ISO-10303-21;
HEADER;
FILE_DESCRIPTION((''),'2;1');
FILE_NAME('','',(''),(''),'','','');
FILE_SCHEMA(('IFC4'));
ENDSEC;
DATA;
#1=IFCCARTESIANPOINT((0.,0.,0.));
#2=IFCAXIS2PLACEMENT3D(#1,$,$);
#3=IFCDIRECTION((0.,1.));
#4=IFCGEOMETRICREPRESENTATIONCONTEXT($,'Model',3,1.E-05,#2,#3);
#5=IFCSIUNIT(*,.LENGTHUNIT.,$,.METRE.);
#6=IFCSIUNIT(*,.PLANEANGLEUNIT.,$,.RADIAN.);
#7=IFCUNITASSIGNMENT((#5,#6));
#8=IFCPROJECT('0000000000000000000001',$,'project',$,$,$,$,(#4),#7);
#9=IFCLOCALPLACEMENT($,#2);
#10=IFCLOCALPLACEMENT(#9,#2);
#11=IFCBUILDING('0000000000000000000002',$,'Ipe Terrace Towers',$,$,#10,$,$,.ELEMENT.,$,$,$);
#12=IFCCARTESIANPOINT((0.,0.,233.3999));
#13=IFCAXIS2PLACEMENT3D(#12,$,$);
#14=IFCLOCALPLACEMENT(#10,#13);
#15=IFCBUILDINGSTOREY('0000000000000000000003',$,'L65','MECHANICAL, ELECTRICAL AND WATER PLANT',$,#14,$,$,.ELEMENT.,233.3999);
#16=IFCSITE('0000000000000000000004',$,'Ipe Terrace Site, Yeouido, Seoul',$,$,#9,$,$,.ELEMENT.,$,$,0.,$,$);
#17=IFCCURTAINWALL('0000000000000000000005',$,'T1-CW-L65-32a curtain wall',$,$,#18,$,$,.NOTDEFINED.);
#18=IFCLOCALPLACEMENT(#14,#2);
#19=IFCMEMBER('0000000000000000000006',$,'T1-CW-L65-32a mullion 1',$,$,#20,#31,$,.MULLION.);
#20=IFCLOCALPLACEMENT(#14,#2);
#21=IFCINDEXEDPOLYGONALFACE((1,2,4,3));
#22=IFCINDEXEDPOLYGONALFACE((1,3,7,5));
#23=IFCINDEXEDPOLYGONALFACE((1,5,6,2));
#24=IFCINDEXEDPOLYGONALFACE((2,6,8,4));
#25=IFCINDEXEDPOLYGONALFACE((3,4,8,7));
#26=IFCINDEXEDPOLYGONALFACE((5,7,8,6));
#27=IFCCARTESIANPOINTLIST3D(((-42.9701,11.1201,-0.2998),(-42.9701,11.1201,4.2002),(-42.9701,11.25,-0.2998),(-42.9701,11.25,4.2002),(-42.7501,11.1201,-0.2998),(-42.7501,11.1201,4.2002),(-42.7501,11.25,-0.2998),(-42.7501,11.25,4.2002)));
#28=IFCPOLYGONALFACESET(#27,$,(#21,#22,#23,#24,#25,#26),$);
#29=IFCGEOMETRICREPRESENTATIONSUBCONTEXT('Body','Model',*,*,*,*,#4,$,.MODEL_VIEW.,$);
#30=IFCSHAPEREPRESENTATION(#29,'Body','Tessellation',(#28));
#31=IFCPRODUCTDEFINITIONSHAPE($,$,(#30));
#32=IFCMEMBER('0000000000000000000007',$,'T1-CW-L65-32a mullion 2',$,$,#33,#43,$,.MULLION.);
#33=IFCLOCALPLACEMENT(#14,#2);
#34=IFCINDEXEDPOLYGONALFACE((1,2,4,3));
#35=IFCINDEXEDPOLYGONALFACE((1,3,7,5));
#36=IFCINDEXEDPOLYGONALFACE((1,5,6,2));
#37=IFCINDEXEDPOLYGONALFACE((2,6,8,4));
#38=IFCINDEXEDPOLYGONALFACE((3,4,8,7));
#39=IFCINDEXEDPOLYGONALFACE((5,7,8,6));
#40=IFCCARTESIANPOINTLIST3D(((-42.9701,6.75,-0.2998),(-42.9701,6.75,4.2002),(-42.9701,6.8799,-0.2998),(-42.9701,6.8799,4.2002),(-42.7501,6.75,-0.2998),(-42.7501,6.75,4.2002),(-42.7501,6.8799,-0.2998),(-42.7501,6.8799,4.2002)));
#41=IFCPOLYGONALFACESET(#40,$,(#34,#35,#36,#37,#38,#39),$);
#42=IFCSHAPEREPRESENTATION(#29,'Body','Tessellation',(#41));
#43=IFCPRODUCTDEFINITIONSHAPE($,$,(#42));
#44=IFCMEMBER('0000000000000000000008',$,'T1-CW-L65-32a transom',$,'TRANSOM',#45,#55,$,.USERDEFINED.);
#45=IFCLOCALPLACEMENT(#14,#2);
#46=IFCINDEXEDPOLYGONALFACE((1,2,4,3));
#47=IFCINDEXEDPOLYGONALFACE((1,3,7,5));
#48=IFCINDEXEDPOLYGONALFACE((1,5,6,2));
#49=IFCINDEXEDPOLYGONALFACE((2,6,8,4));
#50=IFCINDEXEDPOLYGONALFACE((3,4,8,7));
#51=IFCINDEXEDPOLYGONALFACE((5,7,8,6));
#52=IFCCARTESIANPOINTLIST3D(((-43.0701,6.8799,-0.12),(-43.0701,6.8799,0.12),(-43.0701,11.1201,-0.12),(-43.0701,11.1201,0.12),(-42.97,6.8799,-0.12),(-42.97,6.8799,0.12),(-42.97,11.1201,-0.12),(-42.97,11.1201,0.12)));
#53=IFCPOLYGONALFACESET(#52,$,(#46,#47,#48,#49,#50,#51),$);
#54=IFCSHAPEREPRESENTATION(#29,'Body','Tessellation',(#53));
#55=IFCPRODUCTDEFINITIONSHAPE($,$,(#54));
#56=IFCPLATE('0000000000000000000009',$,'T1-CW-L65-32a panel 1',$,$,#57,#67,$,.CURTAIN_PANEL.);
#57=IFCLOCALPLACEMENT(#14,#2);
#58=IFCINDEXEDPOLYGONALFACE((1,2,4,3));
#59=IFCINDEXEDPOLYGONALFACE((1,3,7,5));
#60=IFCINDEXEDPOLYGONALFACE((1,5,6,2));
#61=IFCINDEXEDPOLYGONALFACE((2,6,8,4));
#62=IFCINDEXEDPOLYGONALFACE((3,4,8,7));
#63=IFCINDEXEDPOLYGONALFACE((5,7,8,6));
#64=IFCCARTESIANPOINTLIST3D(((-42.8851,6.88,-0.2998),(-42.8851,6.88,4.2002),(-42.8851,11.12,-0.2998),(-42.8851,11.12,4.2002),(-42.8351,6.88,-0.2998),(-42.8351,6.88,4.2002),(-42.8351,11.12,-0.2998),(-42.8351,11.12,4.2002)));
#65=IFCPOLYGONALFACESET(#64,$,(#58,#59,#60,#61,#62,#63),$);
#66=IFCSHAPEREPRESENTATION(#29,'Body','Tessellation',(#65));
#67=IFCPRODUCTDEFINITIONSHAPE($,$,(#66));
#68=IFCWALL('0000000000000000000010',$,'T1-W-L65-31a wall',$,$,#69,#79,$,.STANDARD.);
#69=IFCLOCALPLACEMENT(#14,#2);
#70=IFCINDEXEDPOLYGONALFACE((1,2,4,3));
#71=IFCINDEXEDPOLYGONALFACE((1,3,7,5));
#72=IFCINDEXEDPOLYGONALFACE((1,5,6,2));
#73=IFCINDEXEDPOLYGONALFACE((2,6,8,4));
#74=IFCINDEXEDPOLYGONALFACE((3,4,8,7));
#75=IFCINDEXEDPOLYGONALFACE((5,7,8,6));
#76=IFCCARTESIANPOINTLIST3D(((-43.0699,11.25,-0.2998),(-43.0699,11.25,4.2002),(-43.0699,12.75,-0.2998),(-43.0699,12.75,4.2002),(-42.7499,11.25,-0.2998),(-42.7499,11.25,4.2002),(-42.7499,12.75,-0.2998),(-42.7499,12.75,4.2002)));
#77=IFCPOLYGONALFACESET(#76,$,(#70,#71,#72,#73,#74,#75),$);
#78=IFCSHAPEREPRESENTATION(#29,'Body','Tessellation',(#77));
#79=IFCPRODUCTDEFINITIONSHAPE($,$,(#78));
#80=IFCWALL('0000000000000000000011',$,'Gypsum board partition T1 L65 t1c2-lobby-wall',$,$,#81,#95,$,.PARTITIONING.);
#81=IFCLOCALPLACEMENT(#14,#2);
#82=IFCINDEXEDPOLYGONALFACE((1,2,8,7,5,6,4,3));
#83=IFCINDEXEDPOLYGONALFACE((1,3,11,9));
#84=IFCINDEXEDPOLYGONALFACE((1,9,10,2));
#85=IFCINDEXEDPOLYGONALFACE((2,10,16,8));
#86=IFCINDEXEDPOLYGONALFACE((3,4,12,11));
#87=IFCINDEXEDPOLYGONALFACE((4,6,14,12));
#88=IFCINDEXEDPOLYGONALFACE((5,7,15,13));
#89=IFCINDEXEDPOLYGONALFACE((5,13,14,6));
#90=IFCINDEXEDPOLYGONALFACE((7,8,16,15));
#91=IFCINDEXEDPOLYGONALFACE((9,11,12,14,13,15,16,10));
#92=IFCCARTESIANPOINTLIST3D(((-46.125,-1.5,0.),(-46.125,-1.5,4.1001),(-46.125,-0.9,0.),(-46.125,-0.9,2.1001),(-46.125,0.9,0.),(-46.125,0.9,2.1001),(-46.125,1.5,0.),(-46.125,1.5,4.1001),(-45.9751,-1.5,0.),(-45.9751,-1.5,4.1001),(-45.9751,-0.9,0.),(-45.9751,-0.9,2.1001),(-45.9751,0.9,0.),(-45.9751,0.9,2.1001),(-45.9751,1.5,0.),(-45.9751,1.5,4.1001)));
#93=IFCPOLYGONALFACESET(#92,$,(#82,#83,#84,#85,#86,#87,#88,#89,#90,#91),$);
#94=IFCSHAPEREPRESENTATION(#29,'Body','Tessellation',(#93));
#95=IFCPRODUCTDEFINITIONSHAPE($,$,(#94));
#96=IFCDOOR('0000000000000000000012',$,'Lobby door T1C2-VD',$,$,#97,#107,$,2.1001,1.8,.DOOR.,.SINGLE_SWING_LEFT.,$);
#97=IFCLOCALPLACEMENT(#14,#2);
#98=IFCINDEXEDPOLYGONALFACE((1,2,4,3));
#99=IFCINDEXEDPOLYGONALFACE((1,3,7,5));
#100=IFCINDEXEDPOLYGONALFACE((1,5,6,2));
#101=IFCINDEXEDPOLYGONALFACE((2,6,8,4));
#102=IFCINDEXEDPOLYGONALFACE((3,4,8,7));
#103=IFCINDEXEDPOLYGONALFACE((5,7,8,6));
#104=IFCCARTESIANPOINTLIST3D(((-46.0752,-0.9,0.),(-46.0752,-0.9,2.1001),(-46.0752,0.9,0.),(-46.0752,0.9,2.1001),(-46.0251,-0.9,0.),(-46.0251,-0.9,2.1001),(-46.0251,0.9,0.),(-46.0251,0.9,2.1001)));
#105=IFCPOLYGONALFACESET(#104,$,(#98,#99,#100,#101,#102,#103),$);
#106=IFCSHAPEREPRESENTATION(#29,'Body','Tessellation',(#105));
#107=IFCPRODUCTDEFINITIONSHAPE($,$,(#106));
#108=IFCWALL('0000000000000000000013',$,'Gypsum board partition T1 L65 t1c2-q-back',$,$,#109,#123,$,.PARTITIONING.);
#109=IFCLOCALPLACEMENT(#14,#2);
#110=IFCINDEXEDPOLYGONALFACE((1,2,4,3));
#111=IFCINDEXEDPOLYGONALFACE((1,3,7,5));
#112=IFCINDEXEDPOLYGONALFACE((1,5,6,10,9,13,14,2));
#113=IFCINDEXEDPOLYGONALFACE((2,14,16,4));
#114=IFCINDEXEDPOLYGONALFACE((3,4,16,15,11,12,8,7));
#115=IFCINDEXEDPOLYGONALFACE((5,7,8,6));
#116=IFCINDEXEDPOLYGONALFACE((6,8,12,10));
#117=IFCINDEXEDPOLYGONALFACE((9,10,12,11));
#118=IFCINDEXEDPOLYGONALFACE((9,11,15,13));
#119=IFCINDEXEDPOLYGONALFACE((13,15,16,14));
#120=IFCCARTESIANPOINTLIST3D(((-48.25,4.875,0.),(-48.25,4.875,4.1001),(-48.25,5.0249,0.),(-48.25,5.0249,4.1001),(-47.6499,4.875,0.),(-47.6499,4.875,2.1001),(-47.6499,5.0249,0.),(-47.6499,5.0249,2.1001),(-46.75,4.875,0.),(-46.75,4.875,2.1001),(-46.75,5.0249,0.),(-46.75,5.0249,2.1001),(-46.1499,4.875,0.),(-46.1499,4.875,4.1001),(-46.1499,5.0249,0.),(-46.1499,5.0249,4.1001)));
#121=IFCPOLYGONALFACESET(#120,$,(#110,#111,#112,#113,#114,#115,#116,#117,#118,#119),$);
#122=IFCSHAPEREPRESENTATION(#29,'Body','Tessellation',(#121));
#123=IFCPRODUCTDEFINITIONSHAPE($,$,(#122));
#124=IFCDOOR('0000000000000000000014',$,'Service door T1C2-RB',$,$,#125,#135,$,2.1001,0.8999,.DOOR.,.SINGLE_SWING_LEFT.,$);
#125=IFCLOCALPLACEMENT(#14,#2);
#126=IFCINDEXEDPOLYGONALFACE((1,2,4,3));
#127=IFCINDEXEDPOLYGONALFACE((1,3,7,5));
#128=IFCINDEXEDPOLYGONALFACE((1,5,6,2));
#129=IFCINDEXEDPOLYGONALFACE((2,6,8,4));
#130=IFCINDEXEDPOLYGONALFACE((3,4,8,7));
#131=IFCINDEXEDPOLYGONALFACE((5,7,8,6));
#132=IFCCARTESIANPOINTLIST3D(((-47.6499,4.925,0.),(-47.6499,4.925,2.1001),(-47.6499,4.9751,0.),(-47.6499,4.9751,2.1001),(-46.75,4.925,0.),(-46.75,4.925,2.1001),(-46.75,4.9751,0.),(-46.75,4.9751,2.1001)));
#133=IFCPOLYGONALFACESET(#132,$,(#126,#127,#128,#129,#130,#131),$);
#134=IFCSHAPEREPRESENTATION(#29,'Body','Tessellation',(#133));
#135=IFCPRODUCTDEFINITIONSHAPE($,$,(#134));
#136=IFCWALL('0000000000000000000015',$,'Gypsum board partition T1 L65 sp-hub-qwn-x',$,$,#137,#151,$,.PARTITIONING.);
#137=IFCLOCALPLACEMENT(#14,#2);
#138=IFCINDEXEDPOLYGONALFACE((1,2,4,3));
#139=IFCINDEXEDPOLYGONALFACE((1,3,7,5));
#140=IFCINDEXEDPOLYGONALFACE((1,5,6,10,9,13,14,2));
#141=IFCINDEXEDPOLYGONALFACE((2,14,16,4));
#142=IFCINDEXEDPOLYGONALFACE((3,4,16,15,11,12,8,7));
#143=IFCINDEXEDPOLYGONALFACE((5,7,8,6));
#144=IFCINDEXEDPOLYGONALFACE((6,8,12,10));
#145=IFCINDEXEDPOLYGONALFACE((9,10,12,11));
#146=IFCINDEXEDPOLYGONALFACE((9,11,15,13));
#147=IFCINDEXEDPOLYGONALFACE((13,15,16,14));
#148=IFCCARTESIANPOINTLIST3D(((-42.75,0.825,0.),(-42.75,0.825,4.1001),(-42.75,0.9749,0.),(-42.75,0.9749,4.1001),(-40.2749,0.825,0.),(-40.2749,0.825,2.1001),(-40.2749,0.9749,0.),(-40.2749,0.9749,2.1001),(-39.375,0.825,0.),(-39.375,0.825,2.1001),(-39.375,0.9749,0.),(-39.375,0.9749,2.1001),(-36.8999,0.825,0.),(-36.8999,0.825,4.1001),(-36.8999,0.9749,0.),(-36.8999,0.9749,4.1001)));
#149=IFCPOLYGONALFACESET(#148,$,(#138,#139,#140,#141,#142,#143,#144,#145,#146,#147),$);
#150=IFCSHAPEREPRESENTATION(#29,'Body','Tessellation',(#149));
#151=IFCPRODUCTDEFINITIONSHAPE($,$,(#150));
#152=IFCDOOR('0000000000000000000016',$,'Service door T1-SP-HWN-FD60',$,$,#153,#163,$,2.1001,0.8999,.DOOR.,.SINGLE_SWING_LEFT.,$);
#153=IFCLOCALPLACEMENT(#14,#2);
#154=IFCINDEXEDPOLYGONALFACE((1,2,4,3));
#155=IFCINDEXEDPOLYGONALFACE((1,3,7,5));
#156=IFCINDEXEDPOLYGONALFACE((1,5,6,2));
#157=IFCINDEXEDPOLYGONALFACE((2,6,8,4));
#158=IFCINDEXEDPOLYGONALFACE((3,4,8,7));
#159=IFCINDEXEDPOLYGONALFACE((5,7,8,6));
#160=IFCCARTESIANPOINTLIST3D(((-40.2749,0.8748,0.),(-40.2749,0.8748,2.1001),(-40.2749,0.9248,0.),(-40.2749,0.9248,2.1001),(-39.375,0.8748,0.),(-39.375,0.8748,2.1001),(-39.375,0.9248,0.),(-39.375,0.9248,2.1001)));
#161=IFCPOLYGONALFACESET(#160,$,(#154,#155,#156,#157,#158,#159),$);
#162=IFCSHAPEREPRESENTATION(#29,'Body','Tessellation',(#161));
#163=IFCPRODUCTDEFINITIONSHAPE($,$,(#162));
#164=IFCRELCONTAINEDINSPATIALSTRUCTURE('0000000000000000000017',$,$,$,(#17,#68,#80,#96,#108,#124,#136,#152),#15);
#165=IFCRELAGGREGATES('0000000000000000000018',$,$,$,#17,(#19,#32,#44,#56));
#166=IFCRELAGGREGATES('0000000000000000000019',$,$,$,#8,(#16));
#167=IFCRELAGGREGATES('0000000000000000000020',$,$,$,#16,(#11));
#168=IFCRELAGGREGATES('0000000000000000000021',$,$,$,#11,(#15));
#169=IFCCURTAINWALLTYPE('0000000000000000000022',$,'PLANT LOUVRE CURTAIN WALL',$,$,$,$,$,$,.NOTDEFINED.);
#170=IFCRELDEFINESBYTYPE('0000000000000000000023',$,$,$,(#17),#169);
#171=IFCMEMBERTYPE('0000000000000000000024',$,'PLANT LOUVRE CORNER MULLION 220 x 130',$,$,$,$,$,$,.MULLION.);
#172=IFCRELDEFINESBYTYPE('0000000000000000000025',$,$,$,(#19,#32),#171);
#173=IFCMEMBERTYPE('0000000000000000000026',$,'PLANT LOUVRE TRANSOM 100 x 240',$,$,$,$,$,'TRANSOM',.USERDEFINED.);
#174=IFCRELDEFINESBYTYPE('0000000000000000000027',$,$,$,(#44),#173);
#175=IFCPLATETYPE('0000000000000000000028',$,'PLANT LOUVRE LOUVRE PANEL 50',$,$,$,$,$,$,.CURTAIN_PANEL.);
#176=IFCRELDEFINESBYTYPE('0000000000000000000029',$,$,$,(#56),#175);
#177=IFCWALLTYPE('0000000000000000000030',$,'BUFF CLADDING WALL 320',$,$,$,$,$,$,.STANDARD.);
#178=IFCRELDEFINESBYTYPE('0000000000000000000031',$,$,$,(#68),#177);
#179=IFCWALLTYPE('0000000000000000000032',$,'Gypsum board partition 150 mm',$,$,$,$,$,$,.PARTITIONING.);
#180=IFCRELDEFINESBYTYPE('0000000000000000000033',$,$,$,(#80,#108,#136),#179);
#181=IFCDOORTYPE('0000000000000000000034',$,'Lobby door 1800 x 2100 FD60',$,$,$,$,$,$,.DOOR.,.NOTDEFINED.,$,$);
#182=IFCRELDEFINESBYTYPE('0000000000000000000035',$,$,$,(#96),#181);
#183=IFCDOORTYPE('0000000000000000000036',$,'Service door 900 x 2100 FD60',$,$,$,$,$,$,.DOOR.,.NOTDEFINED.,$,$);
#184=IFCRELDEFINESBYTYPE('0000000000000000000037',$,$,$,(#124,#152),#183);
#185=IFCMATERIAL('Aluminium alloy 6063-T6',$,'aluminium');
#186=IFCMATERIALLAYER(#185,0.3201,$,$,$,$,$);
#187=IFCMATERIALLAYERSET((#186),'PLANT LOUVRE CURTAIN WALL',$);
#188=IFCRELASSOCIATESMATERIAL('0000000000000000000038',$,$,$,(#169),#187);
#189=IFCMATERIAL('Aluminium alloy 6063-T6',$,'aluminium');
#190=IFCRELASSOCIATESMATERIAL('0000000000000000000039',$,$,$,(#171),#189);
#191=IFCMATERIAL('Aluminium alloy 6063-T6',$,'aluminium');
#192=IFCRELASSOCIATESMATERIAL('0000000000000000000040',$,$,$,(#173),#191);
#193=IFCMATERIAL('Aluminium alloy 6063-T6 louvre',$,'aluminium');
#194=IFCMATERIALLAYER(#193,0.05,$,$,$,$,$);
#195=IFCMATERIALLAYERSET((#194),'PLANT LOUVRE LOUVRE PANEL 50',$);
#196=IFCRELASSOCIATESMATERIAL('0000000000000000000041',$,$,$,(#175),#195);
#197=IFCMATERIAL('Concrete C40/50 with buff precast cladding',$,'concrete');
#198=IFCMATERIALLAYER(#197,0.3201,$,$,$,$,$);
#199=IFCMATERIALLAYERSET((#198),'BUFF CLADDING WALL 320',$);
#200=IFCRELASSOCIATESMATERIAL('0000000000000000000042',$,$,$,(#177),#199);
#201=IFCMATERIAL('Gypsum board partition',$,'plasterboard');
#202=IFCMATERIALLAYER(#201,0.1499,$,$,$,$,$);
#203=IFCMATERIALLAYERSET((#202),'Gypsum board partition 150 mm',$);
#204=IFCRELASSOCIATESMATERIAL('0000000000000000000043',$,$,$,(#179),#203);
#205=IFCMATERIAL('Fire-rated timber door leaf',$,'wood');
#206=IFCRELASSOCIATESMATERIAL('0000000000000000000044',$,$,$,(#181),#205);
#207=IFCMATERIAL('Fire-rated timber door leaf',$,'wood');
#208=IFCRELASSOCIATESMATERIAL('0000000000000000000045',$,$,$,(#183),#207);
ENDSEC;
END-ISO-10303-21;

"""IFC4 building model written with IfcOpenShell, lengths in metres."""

from ifc_helpers import new_model, si_unit, direction, frame, frame_2d, origin, origin_2d, place, context, subcontext, project, spatial, rectangle, extrude, material, layer, layer_set, material_profile, profile_set, type_object, element, fill, aggregate, save


model = new_model("IFC4")

# Units and contexts
model_context = context("Model", 3, precision=1e-05, world=origin(), true_north=direction((0.0, 1.0)))
body_context = subcontext(model_context, "Body", "Model", "MODEL_VIEW")
ifc_project = project(units=[si_unit("LENGTHUNIT", "METRE"), si_unit("PLANEANGLEUNIT", "RADIAN")], contexts=[model_context])

# Site, building, storey
site_placement = place(None, origin())
site = spatial("IfcSite", under=ifc_project, at=site_placement, Name="Ipe Terrace Site, Yeouido, Seoul", CompositionType="ELEMENT", RefElevation=0.0)
building_placement = place(site_placement, origin())
building = spatial("IfcBuilding", under=site, at=building_placement, Name="Ipe Terrace Towers", CompositionType="ELEMENT")
storey_placement = place(building_placement, frame((0.0, 0.0, 233.3999)))
storey = spatial("IfcBuildingStorey", under=building, at=storey_placement, Name="L65", Description="MECHANICAL, ELECTRICAL AND WATER PLANT", CompositionType="ELEMENT", Elevation=233.3999)

# Curtain wall, members, plate
ifc_material_1 = material(Name="Aluminium alloy 6063-T6", Category="aluminium")
ifc_layer_1 = layer(ifc_material_1, 0.3201)
ifc_layer_set_1 = layer_set([ifc_layer_1], Name="PLANT LOUVRE CURTAIN WALL")
curtain_wall_type = type_object("IfcCurtainWallType", Name="PLANT LOUVRE CURTAIN WALL", PredefinedType="NOTDEFINED", material=ifc_layer_set_1)
curtain_wall_placement = place(storey_placement, origin())
curtain_wall = element("IfcCurtainWall", 1, at=curtain_wall_placement, inside=storey, type_object=curtain_wall_type, Name="T1-CW-L65-32a curtain wall", PredefinedType="NOTDEFINED")
ifc_material_2 = material(Name="Aluminium alloy 6063-T6", Category="aluminium")
ifc_material_profile_1 = material_profile(ifc_material_2, rectangle(XDim=0.22, YDim=0.1299, at=origin_2d()), Name="PLANT LOUVRE CORNER MULLION 220 x 130")
ifc_profile_set_1 = profile_set([ifc_material_profile_1], Name="Aluminium alloy 6063-T6")
member_type_1 = type_object("IfcMemberType", Name="PLANT LOUVRE CORNER MULLION 220 x 130", PredefinedType="MULLION", material=ifc_profile_set_1)
member_1_placement = place(storey_placement, frame((-42.8601, 11.1851, -0.2998), z_axis=(0.0, 0.0, 1.0), x_axis=(-1.0, 0.0, 0.0)))
member_1 = element("IfcMember", 2, at=member_1_placement, type_object=member_type_1, Name="T1-CW-L65-32a mullion 1", PredefinedType="MULLION", context=body_context, shape_type="SweptSolid", body=[
    extrude(rectangle(XDim=0.22, YDim=0.1299, at=origin_2d()), origin(), (0.0, 0.0, 1.0), 4.5),
])
member_2_placement = place(storey_placement, frame((-42.8601, 6.8149, -0.2998), z_axis=(0.0, 0.0, 1.0), x_axis=(-1.0, 0.0, 0.0)))
member_2 = element("IfcMember", 3, at=member_2_placement, type_object=member_type_1, Name="T1-CW-L65-32a mullion 2", PredefinedType="MULLION", context=body_context, shape_type="SweptSolid", body=[
    extrude(rectangle(XDim=0.22, YDim=0.1299, at=origin_2d()), origin(), (0.0, 0.0, 1.0), 4.5),
])
ifc_material_3 = material(Name="Aluminium alloy 6063-T6", Category="aluminium")
ifc_material_profile_2 = material_profile(ifc_material_3, rectangle(XDim=0.1001, YDim=0.24, at=origin_2d()), Name="PLANT LOUVRE TRANSOM 100 x 240")
ifc_profile_set_2 = profile_set([ifc_material_profile_2], Name="Aluminium alloy 6063-T6")
member_type_2 = type_object("IfcMemberType", Name="PLANT LOUVRE TRANSOM 100 x 240", ElementType="TRANSOM", PredefinedType="USERDEFINED", material=ifc_profile_set_2)
member_3_placement = place(storey_placement, frame((-43.02, 11.1201, 0.0), z_axis=(0.0, -1.0, 0.0), x_axis=(-1.0, 0.0, 0.0)))
member_3 = element("IfcMember", 4, at=member_3_placement, type_object=member_type_2, Name="T1-CW-L65-32a transom", ObjectType="TRANSOM", PredefinedType="USERDEFINED", context=body_context, shape_type="SweptSolid", body=[
    extrude(rectangle(XDim=0.1001, YDim=0.24, at=origin_2d()), origin(), (0.0, 0.0, 1.0), 4.2402),
])
ifc_material_4 = material(Name="Aluminium alloy 6063-T6 louvre", Category="aluminium")
ifc_layer_2 = layer(ifc_material_4, 0.05)
ifc_layer_set_2 = layer_set([ifc_layer_2], Name="PLANT LOUVRE LOUVRE PANEL 50")
plate_type = type_object("IfcPlateType", Name="PLANT LOUVRE LOUVRE PANEL 50", PredefinedType="CURTAIN_PANEL", material=ifc_layer_set_2)
plate_placement = place(storey_placement, frame((-42.8601, 9.0, -0.2998), z_axis=(0.0, 0.0, 1.0), x_axis=(0.0, -1.0, 0.0)))
plate = element("IfcPlate", 5, at=plate_placement, type_object=plate_type, Name="T1-CW-L65-32a panel 1", PredefinedType="CURTAIN_PANEL", context=body_context, shape_type="SweptSolid", body=[
    extrude(rectangle(XDim=4.24, YDim=0.05, at=origin_2d()), origin(), (0.0, 0.0, 1.0), 4.5),
])
aggregate(curtain_wall, [member_1, member_2, member_3, plate])

# Wall
ifc_material_5 = material(Name="Concrete C40/50 with buff precast cladding", Category="concrete")
ifc_layer_3 = layer(ifc_material_5, 0.3201)
ifc_layer_set_3 = layer_set([ifc_layer_3], Name="BUFF CLADDING WALL 320")
wall_type_1 = type_object("IfcWallType", Name="BUFF CLADDING WALL 320", PredefinedType="STANDARD", material=ifc_layer_set_3)
wall_1_placement = place(storey_placement, frame((-42.9099, 12.75, -0.2998), z_axis=(0.0, 0.0, 1.0), x_axis=(0.0, -1.0, 0.0)))
element("IfcWall", 6, at=wall_1_placement, inside=storey, type_object=wall_type_1, Name="T1-W-L65-31a wall", PredefinedType="STANDARD", context=body_context, shape_type="SweptSolid", body=[
    extrude(rectangle(XDim=1.5, YDim=0.3201, at=frame_2d((0.75, 0.0))), origin(), (0.0, 0.0, 1.0), 4.5),
])

# Walls, openings, doors
ifc_material_6 = material(Name="Gypsum board partition", Category="plasterboard")
ifc_layer_4 = layer(ifc_material_6, 0.1499)
ifc_layer_set_4 = layer_set([ifc_layer_4], Name="Gypsum board partition 150 mm")
wall_type_2 = type_object("IfcWallType", Name="Gypsum board partition 150 mm", PredefinedType="PARTITIONING", material=ifc_layer_set_4)
wall_2_placement = place(storey_placement, frame((-46.05, 1.5, 0.0), z_axis=(0.0, 0.0, 1.0), x_axis=(0.0, -1.0, 0.0)))
wall_2 = element("IfcWall", 7, at=wall_2_placement, inside=storey, type_object=wall_type_2, Name="Gypsum board partition T1 L65 t1c2-lobby-wall", PredefinedType="PARTITIONING", context=body_context, shape_type="SweptSolid", body=[
    extrude(rectangle(XDim=3.0, YDim=0.1499, at=frame_2d((1.5, 0.0))), origin(), (0.0, 0.0, 1.0), 4.1001),
])
opening_1_placement = place(wall_2_placement, frame((0.6001, 0.0, 0.0)))
opening_1 = element("IfcOpeningElement", 8, at=opening_1_placement, cuts=wall_2, PredefinedType="OPENING", context=body_context, shape_type="SweptSolid", body=[
    extrude(rectangle(XDim=1.8, YDim=2.1001, at=frame_2d((0.8999, 1.05))), frame((0.0, 0.085, 0.0), z_axis=(0.0, -1.0, 0.0), x_axis=(1.0, 0.0, 0.0)), (0.0, 0.0, 1.0), 0.1699),
])
ifc_material_7 = material(Name="Fire-rated timber door leaf", Category="wood")
door_type_1 = type_object("IfcDoorType", Name="Lobby door 1800 x 2100 FD60", OperationType="NOTDEFINED", PredefinedType="DOOR", material=ifc_material_7)
door_1_placement = place(opening_1_placement, origin())
door_1 = element("IfcDoor", 9, at=door_1_placement, inside=storey, type_object=door_type_1, Name="Lobby door T1C2-VD", OperationType="SINGLE_SWING_LEFT", OverallHeight=2.1001, OverallWidth=1.8, PredefinedType="DOOR", context=body_context, shape_type="SweptSolid", body=[
    extrude(rectangle(XDim=1.8, YDim=2.1001, at=frame_2d((0.8999, 1.05))), frame((0.0, 0.0249, 0.0), z_axis=(0.0, -1.0, 0.0), x_axis=(1.0, 0.0, 0.0)), (0.0, 0.0, 1.0), 0.05),
])
fill(opening_1, door_1)
wall_3_placement = place(storey_placement, frame((-46.1499, 4.95, 0.0), z_axis=(0.0, 0.0, 1.0), x_axis=(-1.0, 0.0, 0.0)))
wall_3 = element("IfcWall", 10, at=wall_3_placement, inside=storey, type_object=wall_type_2, Name="Gypsum board partition T1 L65 t1c2-q-back", PredefinedType="PARTITIONING", context=body_context, shape_type="SweptSolid", body=[
    extrude(rectangle(XDim=2.1001, YDim=0.1499, at=frame_2d((1.05, 0.0))), origin(), (0.0, 0.0, 1.0), 4.1001),
])
opening_2_placement = place(wall_3_placement, frame((0.6001, 0.0, 0.0)))
opening_2 = element("IfcOpeningElement", 11, at=opening_2_placement, cuts=wall_3, PredefinedType="OPENING", context=body_context, shape_type="SweptSolid", body=[
    extrude(rectangle(XDim=0.8999, YDim=2.1001, at=frame_2d((0.45, 1.05))), frame((0.0, 0.085, 0.0), z_axis=(0.0, -1.0, 0.0), x_axis=(1.0, 0.0, 0.0)), (0.0, 0.0, 1.0), 0.1699),
])
ifc_material_8 = material(Name="Fire-rated timber door leaf", Category="wood")
door_type_2 = type_object("IfcDoorType", Name="Service door 900 x 2100 FD60", OperationType="NOTDEFINED", PredefinedType="DOOR", material=ifc_material_8)
door_2_placement = place(opening_2_placement, origin())
door_2 = element("IfcDoor", 12, at=door_2_placement, inside=storey, type_object=door_type_2, Name="Service door T1C2-RB", OperationType="SINGLE_SWING_LEFT", OverallHeight=2.1001, OverallWidth=0.8999, PredefinedType="DOOR", context=body_context, shape_type="SweptSolid", body=[
    extrude(rectangle(XDim=0.8999, YDim=2.1001, at=frame_2d((0.45, 1.05))), frame((0.0, 0.0249, 0.0), z_axis=(0.0, -1.0, 0.0), x_axis=(1.0, 0.0, 0.0)), (0.0, 0.0, 1.0), 0.05),
])
fill(opening_2, door_2)
wall_4_placement = place(storey_placement, frame((-42.75, 0.8999, 0.0), z_axis=(0.0, 0.0, 1.0), x_axis=(1.0, 0.0, 0.0)))
wall_4 = element("IfcWall", 13, at=wall_4_placement, inside=storey, type_object=wall_type_2, Name="Gypsum board partition T1 L65 sp-hub-qwn-x", PredefinedType="PARTITIONING", context=body_context, shape_type="SweptSolid", body=[
    extrude(rectangle(XDim=5.8501, YDim=0.1499, at=frame_2d((2.925, 0.0))), origin(), (0.0, 0.0, 1.0), 4.1001),
])
opening_3_placement = place(wall_4_placement, frame((2.4751, 0.0, 0.0)))
opening_3 = element("IfcOpeningElement", 14, at=opening_3_placement, cuts=wall_4, PredefinedType="OPENING", context=body_context, shape_type="SweptSolid", body=[
    extrude(rectangle(XDim=0.8999, YDim=2.1001, at=frame_2d((0.45, 1.05))), frame((0.0, 0.085, 0.0), z_axis=(0.0, -1.0, 0.0), x_axis=(1.0, 0.0, 0.0)), (0.0, 0.0, 1.0), 0.1699),
])
door_3_placement = place(opening_3_placement, origin())
door_3 = element("IfcDoor", 15, at=door_3_placement, inside=storey, type_object=door_type_2, Name="Service door T1-SP-HWN-FD60", OperationType="SINGLE_SWING_LEFT", OverallHeight=2.1001, OverallWidth=0.8999, PredefinedType="DOOR", context=body_context, shape_type="SweptSolid", body=[
    extrude(rectangle(XDim=0.8999, YDim=2.1001, at=frame_2d((0.45, 1.05))), frame((0.0, 0.0249, 0.0), z_axis=(0.0, -1.0, 0.0), x_axis=(1.0, 0.0, 0.0)), (0.0, 0.0, 1.0), 0.05),
])
fill(opening_3, door_3)

save(model, "model.ifc")
